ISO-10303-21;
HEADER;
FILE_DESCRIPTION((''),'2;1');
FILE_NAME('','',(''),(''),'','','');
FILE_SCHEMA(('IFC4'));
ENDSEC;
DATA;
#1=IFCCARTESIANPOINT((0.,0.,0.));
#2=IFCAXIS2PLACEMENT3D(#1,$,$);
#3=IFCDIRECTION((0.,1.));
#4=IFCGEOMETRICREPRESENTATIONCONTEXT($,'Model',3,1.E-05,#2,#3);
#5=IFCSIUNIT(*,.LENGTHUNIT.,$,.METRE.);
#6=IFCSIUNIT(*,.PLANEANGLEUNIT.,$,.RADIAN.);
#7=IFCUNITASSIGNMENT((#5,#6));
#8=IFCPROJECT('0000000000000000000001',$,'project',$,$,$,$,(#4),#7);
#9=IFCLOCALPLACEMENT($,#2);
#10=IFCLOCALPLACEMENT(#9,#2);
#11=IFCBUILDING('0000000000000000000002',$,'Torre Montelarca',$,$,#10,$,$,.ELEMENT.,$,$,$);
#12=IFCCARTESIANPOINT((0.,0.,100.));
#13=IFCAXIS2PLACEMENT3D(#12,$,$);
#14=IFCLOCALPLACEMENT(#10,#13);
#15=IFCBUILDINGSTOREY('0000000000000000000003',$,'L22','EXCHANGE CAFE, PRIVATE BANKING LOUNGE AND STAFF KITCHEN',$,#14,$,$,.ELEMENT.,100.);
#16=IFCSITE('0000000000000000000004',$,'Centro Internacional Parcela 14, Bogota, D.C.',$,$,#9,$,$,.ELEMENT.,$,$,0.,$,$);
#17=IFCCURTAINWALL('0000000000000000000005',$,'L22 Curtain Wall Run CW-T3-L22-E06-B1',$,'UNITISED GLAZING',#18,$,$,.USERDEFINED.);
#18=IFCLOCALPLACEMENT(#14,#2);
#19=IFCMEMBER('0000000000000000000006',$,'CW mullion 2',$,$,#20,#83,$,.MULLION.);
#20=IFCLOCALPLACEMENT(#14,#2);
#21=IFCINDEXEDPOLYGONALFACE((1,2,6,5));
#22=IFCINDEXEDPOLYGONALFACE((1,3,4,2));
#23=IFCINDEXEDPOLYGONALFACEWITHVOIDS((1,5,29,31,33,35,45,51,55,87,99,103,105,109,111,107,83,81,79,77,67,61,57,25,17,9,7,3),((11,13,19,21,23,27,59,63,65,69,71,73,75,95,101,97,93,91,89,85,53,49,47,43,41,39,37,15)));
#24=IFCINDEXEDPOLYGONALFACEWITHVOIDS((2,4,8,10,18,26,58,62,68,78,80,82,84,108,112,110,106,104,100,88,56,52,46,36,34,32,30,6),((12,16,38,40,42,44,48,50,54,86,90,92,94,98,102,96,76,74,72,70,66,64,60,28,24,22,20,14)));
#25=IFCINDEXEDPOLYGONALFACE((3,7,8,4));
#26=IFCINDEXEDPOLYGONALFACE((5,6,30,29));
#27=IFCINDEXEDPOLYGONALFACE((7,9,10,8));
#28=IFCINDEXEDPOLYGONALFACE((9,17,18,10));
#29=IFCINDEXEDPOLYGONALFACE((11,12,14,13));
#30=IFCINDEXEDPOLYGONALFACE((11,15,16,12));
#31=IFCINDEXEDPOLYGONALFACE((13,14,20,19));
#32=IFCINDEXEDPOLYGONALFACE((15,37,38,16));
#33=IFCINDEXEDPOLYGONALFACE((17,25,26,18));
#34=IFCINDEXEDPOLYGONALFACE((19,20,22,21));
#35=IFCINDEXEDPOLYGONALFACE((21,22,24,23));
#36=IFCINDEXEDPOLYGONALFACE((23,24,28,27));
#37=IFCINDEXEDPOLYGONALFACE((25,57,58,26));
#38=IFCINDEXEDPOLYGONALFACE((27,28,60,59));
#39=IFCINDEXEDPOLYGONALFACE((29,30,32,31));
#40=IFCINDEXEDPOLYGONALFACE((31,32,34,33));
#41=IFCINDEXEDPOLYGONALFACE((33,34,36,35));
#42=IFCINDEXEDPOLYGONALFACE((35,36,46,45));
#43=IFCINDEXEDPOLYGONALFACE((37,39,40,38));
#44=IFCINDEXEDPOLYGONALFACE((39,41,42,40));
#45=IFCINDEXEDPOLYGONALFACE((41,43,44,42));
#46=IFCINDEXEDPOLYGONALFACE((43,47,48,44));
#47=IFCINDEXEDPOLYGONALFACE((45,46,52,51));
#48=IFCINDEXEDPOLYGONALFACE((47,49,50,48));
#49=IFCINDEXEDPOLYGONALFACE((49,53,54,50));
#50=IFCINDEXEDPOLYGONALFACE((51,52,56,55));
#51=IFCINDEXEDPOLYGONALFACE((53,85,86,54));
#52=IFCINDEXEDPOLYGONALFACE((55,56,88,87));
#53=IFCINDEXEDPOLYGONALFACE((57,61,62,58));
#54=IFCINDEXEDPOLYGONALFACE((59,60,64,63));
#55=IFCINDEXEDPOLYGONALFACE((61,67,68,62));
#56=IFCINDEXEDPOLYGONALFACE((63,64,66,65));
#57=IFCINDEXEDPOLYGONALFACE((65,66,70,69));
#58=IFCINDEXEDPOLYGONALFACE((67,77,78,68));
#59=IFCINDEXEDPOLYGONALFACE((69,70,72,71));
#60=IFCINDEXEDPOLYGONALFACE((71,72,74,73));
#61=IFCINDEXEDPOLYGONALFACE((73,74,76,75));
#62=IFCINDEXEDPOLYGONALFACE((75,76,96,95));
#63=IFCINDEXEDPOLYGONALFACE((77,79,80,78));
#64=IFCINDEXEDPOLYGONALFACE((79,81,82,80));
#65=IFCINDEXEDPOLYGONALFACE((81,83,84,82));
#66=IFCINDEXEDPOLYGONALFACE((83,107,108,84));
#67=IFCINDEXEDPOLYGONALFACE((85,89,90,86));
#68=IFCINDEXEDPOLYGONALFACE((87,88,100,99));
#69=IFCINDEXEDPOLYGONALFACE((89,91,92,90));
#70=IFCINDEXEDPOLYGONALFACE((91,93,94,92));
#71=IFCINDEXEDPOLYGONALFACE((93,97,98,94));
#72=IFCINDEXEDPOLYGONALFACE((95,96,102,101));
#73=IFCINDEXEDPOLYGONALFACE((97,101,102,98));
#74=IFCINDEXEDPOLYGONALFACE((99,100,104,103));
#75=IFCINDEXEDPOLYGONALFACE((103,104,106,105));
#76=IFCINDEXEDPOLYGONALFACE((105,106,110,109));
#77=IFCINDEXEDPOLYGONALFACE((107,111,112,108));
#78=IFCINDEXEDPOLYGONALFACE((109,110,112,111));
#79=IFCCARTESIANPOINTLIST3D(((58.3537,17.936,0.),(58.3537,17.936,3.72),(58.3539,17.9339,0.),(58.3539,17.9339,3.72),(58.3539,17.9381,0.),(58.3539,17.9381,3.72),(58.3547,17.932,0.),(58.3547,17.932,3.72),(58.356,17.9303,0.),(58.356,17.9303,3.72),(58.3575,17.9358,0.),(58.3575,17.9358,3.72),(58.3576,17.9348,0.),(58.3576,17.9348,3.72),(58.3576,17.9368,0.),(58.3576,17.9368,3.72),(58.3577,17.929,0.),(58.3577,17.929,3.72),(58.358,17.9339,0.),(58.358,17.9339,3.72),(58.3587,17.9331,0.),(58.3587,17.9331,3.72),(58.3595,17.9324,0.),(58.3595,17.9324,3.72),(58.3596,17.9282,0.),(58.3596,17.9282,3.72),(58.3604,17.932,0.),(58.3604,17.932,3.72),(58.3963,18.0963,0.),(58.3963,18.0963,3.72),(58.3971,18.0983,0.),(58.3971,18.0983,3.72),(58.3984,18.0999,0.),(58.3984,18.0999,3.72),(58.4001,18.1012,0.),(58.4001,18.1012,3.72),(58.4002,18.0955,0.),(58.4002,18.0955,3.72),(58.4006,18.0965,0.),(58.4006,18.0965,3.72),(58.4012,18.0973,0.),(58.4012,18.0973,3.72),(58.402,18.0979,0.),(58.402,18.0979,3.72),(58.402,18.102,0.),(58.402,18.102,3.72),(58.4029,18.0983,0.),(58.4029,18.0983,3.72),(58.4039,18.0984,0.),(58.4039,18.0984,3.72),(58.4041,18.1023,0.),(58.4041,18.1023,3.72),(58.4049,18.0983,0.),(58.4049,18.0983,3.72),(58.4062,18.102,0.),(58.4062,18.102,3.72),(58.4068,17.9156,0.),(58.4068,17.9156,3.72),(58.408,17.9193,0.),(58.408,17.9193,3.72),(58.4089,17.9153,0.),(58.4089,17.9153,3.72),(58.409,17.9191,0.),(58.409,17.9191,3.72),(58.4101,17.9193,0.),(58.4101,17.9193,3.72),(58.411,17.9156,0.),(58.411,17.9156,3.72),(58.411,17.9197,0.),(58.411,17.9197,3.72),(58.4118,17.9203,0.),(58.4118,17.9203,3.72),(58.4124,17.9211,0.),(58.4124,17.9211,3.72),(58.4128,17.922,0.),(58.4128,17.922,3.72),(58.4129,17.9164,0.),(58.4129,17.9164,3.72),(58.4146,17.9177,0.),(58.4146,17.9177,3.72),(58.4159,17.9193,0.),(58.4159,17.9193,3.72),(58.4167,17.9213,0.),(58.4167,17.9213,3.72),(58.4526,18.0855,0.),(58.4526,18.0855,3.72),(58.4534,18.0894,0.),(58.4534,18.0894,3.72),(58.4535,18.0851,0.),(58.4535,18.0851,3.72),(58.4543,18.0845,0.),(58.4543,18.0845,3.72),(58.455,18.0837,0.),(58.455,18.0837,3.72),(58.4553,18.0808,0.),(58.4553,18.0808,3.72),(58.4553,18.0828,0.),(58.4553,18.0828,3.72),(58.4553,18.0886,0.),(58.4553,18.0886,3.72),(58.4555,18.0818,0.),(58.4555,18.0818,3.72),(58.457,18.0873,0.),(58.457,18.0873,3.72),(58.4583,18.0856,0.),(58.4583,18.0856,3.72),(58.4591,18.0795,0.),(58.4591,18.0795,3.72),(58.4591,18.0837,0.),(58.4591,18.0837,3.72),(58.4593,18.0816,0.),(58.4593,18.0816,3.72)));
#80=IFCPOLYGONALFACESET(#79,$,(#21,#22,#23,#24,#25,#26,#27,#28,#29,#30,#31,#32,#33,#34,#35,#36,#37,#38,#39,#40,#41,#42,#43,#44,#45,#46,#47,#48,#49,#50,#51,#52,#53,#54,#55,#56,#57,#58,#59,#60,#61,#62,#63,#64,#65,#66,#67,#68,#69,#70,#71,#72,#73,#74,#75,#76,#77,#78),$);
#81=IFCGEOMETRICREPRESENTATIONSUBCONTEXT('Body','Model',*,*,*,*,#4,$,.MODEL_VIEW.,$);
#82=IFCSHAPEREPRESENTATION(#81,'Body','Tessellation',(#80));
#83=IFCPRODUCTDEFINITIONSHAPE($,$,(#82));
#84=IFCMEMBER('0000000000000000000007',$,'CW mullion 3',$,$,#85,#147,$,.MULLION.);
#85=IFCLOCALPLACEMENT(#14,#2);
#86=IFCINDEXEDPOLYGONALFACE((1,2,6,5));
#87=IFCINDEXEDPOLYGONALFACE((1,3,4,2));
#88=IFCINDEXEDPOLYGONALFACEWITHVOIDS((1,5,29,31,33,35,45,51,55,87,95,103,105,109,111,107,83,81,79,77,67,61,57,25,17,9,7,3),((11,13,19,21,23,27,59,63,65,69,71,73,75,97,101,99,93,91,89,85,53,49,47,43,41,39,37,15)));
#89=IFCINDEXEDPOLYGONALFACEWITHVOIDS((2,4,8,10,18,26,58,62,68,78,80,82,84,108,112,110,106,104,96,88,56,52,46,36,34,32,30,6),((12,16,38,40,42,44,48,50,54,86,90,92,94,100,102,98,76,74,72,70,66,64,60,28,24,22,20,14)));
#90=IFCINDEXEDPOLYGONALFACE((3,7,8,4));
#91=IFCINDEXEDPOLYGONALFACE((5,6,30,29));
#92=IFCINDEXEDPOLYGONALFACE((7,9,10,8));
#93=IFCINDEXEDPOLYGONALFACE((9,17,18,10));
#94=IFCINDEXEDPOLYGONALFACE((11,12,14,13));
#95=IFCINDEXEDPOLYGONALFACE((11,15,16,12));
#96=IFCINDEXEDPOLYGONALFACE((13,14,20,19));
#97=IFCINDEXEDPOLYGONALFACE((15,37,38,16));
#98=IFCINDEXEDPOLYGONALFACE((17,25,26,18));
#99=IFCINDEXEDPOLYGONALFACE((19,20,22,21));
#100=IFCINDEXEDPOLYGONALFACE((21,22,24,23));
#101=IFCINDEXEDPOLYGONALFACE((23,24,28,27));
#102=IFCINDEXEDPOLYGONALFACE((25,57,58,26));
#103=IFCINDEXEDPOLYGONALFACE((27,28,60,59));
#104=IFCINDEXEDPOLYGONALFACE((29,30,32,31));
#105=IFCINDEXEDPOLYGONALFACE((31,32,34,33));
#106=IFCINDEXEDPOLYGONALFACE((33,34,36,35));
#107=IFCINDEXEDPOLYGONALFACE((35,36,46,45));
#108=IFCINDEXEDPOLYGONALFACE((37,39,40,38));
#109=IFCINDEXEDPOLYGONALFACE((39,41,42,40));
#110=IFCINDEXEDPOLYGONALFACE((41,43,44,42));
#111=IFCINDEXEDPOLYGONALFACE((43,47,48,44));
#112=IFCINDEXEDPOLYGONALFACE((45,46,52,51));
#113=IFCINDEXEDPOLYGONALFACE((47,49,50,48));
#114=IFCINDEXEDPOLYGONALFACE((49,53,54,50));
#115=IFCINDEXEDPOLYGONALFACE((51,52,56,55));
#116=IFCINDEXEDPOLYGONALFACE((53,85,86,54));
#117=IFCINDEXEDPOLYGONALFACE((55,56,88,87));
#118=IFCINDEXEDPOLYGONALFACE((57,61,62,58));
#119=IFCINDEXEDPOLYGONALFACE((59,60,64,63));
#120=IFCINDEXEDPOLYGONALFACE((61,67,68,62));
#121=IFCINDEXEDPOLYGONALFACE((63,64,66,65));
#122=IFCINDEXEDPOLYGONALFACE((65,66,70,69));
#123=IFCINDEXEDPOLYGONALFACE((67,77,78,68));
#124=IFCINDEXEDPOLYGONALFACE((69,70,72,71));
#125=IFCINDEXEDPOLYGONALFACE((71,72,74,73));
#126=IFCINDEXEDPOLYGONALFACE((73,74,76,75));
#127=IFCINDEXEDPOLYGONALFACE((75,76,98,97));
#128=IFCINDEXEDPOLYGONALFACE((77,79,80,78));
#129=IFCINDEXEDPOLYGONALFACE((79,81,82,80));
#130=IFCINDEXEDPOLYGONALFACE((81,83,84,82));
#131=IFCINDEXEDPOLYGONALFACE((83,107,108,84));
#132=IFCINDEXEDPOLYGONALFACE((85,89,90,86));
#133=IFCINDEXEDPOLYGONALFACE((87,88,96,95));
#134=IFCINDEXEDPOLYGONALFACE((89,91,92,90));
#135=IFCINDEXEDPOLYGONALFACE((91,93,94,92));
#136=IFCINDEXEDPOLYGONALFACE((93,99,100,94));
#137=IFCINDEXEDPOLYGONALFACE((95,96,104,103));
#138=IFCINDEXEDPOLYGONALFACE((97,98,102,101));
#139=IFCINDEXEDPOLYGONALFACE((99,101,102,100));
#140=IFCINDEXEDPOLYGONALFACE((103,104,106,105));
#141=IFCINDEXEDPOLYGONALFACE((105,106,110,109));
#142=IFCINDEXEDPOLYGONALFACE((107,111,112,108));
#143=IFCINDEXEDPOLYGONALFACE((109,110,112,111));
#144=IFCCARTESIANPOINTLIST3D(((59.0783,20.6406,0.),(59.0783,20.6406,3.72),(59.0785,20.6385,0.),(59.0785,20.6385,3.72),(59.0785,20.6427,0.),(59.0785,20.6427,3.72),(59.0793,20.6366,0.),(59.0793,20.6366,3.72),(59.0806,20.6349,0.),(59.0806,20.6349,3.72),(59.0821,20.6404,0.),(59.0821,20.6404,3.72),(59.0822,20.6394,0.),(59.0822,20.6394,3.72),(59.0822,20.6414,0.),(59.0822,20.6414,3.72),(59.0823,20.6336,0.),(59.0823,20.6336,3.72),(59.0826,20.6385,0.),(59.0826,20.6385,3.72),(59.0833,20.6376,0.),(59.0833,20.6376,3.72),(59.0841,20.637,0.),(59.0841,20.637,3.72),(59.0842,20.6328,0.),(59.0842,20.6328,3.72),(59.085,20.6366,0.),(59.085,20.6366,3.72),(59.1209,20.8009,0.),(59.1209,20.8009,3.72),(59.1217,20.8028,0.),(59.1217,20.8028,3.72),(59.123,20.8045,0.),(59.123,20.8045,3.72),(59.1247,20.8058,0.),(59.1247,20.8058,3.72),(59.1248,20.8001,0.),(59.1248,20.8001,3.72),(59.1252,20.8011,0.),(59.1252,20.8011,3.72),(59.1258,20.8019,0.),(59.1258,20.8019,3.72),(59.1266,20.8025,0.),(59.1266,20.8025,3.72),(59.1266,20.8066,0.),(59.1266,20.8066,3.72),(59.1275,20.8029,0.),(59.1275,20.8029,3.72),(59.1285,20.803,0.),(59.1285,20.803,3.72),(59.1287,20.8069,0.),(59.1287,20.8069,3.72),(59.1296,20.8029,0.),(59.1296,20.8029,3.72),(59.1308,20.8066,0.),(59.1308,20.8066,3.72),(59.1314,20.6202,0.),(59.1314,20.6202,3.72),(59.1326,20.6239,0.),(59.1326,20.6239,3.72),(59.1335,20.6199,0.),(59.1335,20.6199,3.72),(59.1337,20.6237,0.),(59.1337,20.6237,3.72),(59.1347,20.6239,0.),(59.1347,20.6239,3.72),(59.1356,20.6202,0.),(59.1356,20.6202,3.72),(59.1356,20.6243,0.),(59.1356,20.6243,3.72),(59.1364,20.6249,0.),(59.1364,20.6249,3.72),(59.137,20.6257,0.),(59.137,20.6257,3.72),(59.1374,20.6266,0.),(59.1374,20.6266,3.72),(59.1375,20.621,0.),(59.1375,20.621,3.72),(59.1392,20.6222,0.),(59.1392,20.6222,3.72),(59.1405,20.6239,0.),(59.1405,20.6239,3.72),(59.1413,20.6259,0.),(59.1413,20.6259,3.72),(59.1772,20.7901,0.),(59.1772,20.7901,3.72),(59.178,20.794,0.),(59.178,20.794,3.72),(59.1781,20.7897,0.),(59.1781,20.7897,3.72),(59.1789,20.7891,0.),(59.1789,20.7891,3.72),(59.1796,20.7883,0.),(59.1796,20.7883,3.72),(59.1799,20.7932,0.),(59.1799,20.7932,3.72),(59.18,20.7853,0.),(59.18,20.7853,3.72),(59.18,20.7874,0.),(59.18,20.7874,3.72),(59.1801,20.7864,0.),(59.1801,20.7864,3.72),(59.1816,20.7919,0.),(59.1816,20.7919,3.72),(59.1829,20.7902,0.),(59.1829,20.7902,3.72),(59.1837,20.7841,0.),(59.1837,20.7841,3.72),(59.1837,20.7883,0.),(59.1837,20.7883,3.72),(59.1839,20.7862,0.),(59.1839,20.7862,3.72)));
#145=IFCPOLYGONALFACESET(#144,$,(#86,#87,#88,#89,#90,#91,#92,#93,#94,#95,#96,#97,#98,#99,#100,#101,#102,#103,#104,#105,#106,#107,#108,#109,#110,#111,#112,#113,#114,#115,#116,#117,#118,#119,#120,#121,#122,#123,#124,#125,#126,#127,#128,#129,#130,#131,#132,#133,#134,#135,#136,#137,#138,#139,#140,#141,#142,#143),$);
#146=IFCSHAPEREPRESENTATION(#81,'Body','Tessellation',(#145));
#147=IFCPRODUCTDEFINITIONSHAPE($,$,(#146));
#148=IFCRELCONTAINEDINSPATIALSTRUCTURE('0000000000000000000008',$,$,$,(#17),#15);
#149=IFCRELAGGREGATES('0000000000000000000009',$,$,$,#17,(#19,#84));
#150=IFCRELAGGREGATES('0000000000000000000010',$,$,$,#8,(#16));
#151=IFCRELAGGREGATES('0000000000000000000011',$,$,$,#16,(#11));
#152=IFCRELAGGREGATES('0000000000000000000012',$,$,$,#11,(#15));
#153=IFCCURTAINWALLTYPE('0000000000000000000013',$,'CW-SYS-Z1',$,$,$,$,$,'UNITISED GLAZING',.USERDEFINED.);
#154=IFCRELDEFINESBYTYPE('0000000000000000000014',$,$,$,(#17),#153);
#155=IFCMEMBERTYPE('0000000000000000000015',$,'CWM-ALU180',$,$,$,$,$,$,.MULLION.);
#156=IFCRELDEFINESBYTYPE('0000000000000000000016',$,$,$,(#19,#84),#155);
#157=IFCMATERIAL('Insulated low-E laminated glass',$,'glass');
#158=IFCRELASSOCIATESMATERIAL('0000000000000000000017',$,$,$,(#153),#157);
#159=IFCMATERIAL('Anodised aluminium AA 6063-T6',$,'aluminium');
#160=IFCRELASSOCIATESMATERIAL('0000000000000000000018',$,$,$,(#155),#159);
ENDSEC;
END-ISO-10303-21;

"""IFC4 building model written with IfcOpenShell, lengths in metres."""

from ifc_helpers import new_model, si_unit, direction, frame, origin, origin_2d, place, context, subcontext, project, spatial, hollow_rectangle, extrude, source, transform, mapped, material, material_profile, profile_set, type_object, element, aggregate, save


model = new_model("IFC4")

# Units and contexts
model_context = context("Model", 3, precision=1e-05, world=origin(), true_north=direction((0.0, 1.0)))
body_context = subcontext(model_context, "Body", "Model", "MODEL_VIEW")
ifc_project = project(units=[si_unit("LENGTHUNIT", "METRE"), si_unit("PLANEANGLEUNIT", "RADIAN")], contexts=[model_context])

# Site, building, storey
site_placement = place(None, origin())
site = spatial("IfcSite", under=ifc_project, at=site_placement, Name="Centro Internacional Parcela 14, Bogota, D.C.", CompositionType="ELEMENT", RefElevation=0.0)
building_placement = place(site_placement, origin())
building = spatial("IfcBuilding", under=site, at=building_placement, Name="Torre Montelarca", CompositionType="ELEMENT")
storey_placement = place(building_placement, frame((0.0, 0.0, 100.0)))
storey = spatial("IfcBuildingStorey", under=building, at=storey_placement, Name="L22", Description="EXCHANGE CAFE, PRIVATE BANKING LOUNGE AND STAFF KITCHEN", CompositionType="ELEMENT", Elevation=100.0)

# Curtain wall
ifc_material_1 = material(Name="Insulated low-E laminated glass", Category="glass")
curtain_wall_type = type_object("IfcCurtainWallType", Name="CW-SYS-Z1", ElementType="UNITISED GLAZING", PredefinedType="USERDEFINED", material=ifc_material_1)
ifc_material_2 = material(Name="Anodised aluminium AA 6063-T6", Category="aluminium")
curtain_wall_1_placement = place(storey_placement, origin())
curtain_wall_1 = element("IfcCurtainWall", 1, at=curtain_wall_1_placement, inside=storey, type_object=curtain_wall_type, Name="L22 Curtain Wall Run CW-T3-L22-E06-B1", ObjectType="UNITISED GLAZING", PredefinedType="USERDEFINED")

# Shared definitions
ifc_material_profile_1 = material_profile(ifc_material_2, hollow_rectangle(XDim=0.0649, YDim=0.1799, WallThickness=0.0039, InnerFilletRadius=0.0039, OuterFilletRadius=0.0081, at=origin_2d()), Name="ALU65X180X4", Category="aluminium")
ifc_profile_set_1 = profile_set([ifc_material_profile_1], Name="Anodised aluminium AA 6063-T6")
member_type_1 = type_object("IfcMemberType", Name="CWM-ALU180", PredefinedType="MULLION", material=ifc_profile_set_1)
shared_shape_1 = source(origin(), body_context, "Body", "SweptSolid", [
    extrude(hollow_rectangle(XDim=0.0649, YDim=0.1799, WallThickness=0.0039, InnerFilletRadius=0.0039, OuterFilletRadius=0.0081, at=origin_2d()), origin(), (0.0, 0.0, 1.0), 3.72),
])

# Members
member_1_placement = place(storey_placement, frame((58.4065, 18.0088, 0.0), z_axis=(0.0, 0.0, 1.0), x_axis=(-0.965927, 0.258816, 0.0)))
member_1 = element("IfcMember", 2, at=member_1_placement, type_object=member_type_1, Name="CW mullion 2", PredefinedType="MULLION", context=body_context, shape_type="MappedRepresentation", body=[
    mapped(shared_shape_1, transform((0.0, 0.0, 0.0), scale=1.0)),
])
member_2_placement = place(storey_placement, frame((59.1311, 20.7134, 0.0), z_axis=(0.0, 0.0, 1.0), x_axis=(-0.965927, 0.258816, 0.0)))
member_2 = element("IfcMember", 3, at=member_2_placement, type_object=member_type_1, Name="CW mullion 3", PredefinedType="MULLION", context=body_context, shape_type="MappedRepresentation", body=[
    mapped(shared_shape_1, transform((0.0, 0.0, 0.0), scale=1.0)),
])

aggregate(curtain_wall_1, [member_1, member_2])

save(model, "model.ifc")
